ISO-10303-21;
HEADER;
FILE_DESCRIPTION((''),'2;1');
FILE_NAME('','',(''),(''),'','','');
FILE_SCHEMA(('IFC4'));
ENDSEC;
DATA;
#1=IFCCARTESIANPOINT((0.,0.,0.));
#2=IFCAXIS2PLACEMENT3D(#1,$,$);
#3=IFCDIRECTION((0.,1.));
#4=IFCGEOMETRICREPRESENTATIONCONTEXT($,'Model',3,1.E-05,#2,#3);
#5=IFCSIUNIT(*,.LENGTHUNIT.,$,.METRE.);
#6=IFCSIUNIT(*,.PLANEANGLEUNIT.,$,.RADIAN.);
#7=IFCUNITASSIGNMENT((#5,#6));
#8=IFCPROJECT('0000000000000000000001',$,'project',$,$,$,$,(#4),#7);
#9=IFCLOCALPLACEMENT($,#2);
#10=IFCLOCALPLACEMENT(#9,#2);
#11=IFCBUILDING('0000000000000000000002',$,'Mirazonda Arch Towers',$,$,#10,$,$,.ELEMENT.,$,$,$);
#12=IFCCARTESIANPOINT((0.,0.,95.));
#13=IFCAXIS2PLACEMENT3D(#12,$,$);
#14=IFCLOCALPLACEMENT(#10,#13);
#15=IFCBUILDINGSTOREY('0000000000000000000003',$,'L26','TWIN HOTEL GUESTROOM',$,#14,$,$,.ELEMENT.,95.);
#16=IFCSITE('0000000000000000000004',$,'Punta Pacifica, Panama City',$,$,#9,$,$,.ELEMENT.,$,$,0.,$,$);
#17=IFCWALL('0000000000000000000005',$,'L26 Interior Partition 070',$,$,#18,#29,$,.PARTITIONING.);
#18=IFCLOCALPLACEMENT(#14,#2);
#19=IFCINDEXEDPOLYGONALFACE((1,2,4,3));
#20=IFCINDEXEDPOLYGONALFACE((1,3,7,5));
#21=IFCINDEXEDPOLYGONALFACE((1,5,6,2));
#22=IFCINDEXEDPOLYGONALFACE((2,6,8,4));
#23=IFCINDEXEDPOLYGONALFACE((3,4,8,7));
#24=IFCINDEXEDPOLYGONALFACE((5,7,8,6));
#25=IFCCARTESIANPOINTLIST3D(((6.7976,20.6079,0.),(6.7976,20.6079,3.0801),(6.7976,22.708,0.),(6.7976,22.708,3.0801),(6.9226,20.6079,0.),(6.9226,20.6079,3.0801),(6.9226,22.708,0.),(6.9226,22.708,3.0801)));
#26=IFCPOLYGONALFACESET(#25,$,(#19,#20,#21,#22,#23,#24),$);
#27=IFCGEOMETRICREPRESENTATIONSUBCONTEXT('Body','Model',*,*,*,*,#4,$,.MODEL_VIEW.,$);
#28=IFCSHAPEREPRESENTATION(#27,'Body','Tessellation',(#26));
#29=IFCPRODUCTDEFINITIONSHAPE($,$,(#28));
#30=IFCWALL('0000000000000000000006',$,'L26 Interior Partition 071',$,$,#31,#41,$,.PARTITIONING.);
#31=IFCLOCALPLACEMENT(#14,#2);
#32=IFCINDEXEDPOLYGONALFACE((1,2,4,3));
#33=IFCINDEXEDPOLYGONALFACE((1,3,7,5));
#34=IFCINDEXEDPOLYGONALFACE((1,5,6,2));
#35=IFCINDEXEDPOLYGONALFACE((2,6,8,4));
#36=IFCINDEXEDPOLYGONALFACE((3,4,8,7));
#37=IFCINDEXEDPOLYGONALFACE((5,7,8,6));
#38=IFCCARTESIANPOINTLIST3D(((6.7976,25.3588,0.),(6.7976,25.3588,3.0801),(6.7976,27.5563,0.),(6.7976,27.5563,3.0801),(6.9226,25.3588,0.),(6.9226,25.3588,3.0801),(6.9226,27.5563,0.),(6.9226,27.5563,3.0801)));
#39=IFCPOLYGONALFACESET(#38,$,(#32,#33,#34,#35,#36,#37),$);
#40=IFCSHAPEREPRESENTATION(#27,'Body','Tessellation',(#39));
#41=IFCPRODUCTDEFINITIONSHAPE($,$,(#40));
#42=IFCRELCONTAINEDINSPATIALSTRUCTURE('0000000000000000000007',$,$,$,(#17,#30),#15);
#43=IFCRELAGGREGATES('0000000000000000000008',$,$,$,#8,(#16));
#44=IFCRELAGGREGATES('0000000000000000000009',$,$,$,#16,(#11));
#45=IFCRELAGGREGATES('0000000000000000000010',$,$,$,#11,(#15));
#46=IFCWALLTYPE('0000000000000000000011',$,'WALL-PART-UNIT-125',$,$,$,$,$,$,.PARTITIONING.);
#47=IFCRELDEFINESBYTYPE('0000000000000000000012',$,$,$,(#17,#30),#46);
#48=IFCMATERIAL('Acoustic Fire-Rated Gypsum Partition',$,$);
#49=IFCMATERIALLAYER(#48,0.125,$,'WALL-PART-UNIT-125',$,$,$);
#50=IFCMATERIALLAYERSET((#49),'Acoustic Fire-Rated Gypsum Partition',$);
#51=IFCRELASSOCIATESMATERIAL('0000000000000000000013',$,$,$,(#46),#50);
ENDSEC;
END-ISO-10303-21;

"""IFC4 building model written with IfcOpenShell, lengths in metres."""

from ifc_helpers import new_model, si_unit, direction, frame, frame_2d, origin, place, context, subcontext, project, spatial, rectangle, extrude, material, layer, layer_set, type_object, element, save


model = new_model("IFC4")

# Units and contexts
model_context = context("Model", 3, precision=1e-05, world=origin(), true_north=direction((0.0, 1.0)))
body_context = subcontext(model_context, "Body", "Model", "MODEL_VIEW")
ifc_project = project(units=[si_unit("LENGTHUNIT", "METRE"), si_unit("PLANEANGLEUNIT", "RADIAN")], contexts=[model_context])

# Site, building, storey
site_placement = place(None, origin())
site = spatial("IfcSite", under=ifc_project, at=site_placement, Name="Punta Pacifica, Panama City", CompositionType="ELEMENT", RefElevation=0.0)
building_placement = place(site_placement, origin())
building = spatial("IfcBuilding", under=site, at=building_placement, Name="Mirazonda Arch Towers", CompositionType="ELEMENT")
storey_placement = place(building_placement, frame((0.0, 0.0, 95.0)))
storey = spatial("IfcBuildingStorey", under=building, at=storey_placement, Name="L26", Description="TWIN HOTEL GUESTROOM", CompositionType="ELEMENT", Elevation=95.0)

# Walls
ifc_material_1 = material(Name="Acoustic Fire-Rated Gypsum Partition")
ifc_layer_1 = layer(ifc_material_1, 0.125, Name="WALL-PART-UNIT-125")
ifc_layer_set_1 = layer_set([ifc_layer_1], Name="Acoustic Fire-Rated Gypsum Partition")
wall_type_1 = type_object("IfcWallType", Name="WALL-PART-UNIT-125", PredefinedType="PARTITIONING", material=ifc_layer_set_1)
wall_1_placement = place(storey_placement, frame((6.8601, 20.6079, 0.0), z_axis=(0.0, 0.0, 1.0), x_axis=(0.0, 1.0, 0.0)))
element("IfcWall", 1, at=wall_1_placement, inside=storey, type_object=wall_type_1, Name="L26 Interior Partition 070", PredefinedType="PARTITIONING", context=body_context, shape_type="SweptSolid", body=[
    extrude(rectangle(XDim=2.1001, YDim=0.125, at=frame_2d((1.05, 0.0))), origin(), (0.0, 0.0, 1.0), 3.0801),
])
wall_2_placement = place(storey_placement, frame((6.8601, 25.3589, 0.0), z_axis=(0.0, 0.0, 1.0), x_axis=(0.0, 1.0, 0.0)))
element("IfcWall", 2, at=wall_2_placement, inside=storey, type_object=wall_type_1, Name="L26 Interior Partition 071", PredefinedType="PARTITIONING", context=body_context, shape_type="SweptSolid", body=[
    extrude(rectangle(XDim=2.1975, YDim=0.125, at=frame_2d((1.0986, 0.0))), origin(), (0.0, 0.0, 1.0), 3.0801),
])

save(model, "model.ifc")
